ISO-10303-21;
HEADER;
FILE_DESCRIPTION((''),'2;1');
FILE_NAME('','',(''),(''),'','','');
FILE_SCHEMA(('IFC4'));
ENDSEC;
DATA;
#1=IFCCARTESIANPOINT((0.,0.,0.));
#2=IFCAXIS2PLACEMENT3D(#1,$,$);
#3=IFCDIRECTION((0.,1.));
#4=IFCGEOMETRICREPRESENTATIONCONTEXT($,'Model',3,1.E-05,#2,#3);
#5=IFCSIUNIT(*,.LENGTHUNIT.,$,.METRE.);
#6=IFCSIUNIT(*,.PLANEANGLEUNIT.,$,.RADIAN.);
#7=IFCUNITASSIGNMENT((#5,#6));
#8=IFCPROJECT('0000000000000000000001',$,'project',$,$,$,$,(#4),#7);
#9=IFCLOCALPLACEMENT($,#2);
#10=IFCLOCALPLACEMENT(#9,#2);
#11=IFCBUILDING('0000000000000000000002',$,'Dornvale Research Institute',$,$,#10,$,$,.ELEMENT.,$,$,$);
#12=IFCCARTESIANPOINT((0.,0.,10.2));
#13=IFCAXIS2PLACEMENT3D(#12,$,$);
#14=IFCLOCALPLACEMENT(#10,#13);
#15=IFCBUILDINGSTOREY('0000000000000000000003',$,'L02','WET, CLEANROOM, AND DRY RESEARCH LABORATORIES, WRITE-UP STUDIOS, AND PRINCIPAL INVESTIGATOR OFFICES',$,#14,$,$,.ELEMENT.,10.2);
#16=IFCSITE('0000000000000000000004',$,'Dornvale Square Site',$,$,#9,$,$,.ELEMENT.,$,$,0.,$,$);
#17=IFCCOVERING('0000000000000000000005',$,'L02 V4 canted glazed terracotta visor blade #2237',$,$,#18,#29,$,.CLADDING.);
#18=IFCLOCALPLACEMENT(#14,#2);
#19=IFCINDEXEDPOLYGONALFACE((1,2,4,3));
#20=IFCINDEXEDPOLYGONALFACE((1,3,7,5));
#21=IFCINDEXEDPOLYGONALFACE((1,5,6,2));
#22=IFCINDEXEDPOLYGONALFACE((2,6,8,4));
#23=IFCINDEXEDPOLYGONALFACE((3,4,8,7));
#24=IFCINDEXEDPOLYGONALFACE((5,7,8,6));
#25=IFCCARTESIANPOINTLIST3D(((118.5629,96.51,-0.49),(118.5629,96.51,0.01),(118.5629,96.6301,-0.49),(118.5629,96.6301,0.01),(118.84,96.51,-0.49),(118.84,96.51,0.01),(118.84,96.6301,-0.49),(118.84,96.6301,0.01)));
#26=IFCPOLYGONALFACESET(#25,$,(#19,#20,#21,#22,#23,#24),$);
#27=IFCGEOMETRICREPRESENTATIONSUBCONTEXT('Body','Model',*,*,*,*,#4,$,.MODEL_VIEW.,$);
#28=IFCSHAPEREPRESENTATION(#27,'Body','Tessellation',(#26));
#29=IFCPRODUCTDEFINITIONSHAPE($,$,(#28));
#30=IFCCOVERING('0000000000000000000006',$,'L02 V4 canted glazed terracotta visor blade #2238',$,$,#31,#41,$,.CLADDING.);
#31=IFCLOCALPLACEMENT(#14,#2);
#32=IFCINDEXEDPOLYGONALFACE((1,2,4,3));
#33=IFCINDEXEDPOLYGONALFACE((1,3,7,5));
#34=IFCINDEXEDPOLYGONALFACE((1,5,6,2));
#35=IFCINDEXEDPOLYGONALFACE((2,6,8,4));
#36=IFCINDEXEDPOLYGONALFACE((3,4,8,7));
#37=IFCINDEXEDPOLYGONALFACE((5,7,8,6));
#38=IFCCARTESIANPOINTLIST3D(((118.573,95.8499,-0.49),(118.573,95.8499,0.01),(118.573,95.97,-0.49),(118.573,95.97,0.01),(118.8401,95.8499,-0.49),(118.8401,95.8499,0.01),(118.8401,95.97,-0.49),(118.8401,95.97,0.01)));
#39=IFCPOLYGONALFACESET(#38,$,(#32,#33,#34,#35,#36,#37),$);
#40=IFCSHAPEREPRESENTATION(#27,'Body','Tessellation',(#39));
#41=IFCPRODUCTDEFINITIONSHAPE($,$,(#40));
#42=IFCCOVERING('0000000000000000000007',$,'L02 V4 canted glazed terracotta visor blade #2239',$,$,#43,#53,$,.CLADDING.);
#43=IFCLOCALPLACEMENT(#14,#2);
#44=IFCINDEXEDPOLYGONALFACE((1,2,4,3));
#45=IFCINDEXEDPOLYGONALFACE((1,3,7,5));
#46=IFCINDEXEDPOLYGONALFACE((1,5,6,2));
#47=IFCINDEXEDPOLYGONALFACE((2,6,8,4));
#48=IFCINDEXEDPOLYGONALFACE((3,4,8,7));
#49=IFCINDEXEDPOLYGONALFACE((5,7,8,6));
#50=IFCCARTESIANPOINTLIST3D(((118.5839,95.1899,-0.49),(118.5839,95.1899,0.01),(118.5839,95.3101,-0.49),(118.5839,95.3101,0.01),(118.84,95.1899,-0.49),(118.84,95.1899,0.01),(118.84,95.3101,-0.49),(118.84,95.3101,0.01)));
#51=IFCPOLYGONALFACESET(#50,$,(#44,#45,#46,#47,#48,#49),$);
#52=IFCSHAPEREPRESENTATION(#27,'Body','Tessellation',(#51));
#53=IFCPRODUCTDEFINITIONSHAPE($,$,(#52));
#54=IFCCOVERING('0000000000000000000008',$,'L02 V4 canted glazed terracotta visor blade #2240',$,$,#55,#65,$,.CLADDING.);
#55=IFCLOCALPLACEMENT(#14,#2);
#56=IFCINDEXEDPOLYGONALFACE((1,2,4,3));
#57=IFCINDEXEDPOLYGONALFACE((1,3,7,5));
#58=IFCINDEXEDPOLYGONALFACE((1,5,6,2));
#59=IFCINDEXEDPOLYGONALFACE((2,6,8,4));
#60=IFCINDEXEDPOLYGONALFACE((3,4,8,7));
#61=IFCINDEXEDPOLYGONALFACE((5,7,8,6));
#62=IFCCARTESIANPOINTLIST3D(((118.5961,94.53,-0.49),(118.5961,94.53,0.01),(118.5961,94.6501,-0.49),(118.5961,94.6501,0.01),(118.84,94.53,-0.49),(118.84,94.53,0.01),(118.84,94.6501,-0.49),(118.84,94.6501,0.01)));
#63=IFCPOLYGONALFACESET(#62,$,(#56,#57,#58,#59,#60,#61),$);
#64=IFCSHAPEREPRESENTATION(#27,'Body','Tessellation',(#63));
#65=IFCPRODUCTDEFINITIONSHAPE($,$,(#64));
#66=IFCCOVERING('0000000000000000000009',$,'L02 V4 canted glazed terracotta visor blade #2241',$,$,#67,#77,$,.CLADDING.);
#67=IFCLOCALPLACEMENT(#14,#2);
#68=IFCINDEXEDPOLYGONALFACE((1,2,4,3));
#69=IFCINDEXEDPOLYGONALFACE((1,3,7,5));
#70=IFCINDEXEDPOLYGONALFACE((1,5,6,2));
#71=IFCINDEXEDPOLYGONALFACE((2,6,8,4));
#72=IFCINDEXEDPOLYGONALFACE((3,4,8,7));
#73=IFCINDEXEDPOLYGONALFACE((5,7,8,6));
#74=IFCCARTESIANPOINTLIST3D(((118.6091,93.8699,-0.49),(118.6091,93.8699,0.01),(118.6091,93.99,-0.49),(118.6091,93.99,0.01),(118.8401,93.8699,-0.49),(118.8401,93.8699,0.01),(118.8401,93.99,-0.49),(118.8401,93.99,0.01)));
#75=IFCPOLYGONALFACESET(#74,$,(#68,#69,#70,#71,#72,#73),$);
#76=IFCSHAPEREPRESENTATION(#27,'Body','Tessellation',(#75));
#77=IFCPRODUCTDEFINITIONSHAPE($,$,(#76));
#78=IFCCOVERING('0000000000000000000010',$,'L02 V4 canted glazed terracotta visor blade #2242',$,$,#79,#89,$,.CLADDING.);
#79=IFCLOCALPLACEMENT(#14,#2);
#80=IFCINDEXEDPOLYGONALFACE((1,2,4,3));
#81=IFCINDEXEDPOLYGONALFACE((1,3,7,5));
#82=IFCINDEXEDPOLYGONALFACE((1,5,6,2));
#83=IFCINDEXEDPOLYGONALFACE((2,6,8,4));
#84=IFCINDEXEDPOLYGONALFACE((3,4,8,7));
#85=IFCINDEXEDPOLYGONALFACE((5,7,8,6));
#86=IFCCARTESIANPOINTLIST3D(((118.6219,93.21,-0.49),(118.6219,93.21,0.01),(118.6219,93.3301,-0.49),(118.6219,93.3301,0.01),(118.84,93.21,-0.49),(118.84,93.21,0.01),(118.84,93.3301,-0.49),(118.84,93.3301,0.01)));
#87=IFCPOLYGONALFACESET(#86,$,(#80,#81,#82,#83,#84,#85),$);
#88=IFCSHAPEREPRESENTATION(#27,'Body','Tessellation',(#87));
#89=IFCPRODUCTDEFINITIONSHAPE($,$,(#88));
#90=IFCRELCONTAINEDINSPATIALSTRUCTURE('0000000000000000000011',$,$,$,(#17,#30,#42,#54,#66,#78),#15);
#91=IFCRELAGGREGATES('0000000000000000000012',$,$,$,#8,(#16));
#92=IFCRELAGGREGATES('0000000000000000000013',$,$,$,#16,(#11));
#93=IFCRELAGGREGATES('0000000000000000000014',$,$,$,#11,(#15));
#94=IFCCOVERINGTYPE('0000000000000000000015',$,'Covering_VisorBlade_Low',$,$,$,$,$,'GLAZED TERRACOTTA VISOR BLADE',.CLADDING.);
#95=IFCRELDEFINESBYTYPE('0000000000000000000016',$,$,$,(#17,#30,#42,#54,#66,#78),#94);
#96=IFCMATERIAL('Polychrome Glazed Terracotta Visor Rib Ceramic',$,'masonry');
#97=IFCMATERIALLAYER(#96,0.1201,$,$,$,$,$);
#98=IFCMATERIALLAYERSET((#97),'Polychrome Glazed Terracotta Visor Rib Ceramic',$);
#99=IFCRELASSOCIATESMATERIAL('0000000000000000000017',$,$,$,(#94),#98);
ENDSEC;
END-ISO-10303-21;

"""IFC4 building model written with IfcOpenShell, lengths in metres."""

from ifc_helpers import new_model, si_unit, direction, frame, origin, origin_2d, place, context, subcontext, project, spatial, rectangle, extrude, material, layer, layer_set, type_object, element, save


model = new_model("IFC4")

# Units and contexts
model_context = context("Model", 3, precision=1e-05, world=origin(), true_north=direction((0.0, 1.0)))
body_context = subcontext(model_context, "Body", "Model", "MODEL_VIEW")
ifc_project = project(units=[si_unit("LENGTHUNIT", "METRE"), si_unit("PLANEANGLEUNIT", "RADIAN")], contexts=[model_context])

# Site, building, storey
site_placement = place(None, origin())
site = spatial("IfcSite", under=ifc_project, at=site_placement, Name="Dornvale Square Site", CompositionType="ELEMENT", RefElevation=0.0)
building_placement = place(site_placement, origin())
building = spatial("IfcBuilding", under=site, at=building_placement, Name="Dornvale Research Institute", CompositionType="ELEMENT")
storey_placement = place(building_placement, frame((0.0, 0.0, 10.2)))
storey = spatial("IfcBuildingStorey", under=building, at=storey_placement, Name="L02", Description="WET, CLEANROOM, AND DRY RESEARCH LABORATORIES, WRITE-UP STUDIOS, AND PRINCIPAL INVESTIGATOR OFFICES", CompositionType="ELEMENT", Elevation=10.2)

# Coverings
ifc_material_1 = material(Name="Polychrome Glazed Terracotta Visor Rib Ceramic", Category="masonry")
ifc_layer_1 = layer(ifc_material_1, 0.1201)
ifc_layer_set_1 = layer_set([ifc_layer_1], Name="Polychrome Glazed Terracotta Visor Rib Ceramic")
covering_type = type_object("IfcCoveringType", Name="Covering_VisorBlade_Low", ElementType="GLAZED TERRACOTTA VISOR BLADE", PredefinedType="CLADDING", material=ifc_layer_set_1)
covering_1_placement = place(storey_placement, frame((118.7014, 96.5701, -0.49), z_axis=(0.0, 0.0, 1.0), x_axis=(1.0, 0.0, 0.0)))
element("IfcCovering", 1, at=covering_1_placement, inside=storey, type_object=covering_type, Name="L02 V4 canted glazed terracotta visor blade #2237", PredefinedType="CLADDING", context=body_context, shape_type="SweptSolid", body=[
    extrude(rectangle(XDim=0.2771, YDim=0.1201, at=origin_2d()), origin(), (0.0, 0.0, 1.0), 0.5),
])
covering_2_placement = place(storey_placement, frame((118.7065, 95.9099, -0.49), z_axis=(0.0, 0.0, 1.0), x_axis=(1.0, 0.0, 0.0)))
element("IfcCovering", 2, at=covering_2_placement, inside=storey, type_object=covering_type, Name="L02 V4 canted glazed terracotta visor blade #2238", PredefinedType="CLADDING", context=body_context, shape_type="SweptSolid", body=[
    extrude(rectangle(XDim=0.2671, YDim=0.1201, at=origin_2d()), origin(), (0.0, 0.0, 1.0), 0.5),
])
covering_3_placement = place(storey_placement, frame((118.7119, 95.25, -0.49), z_axis=(0.0, 0.0, 1.0), x_axis=(1.0, 0.0, 0.0)))
element("IfcCovering", 3, at=covering_3_placement, inside=storey, type_object=covering_type, Name="L02 V4 canted glazed terracotta visor blade #2239", PredefinedType="CLADDING", context=body_context, shape_type="SweptSolid", body=[
    extrude(rectangle(XDim=0.2561, YDim=0.1201, at=origin_2d()), origin(), (0.0, 0.0, 1.0), 0.5),
])
covering_4_placement = place(storey_placement, frame((118.718, 94.5901, -0.49), z_axis=(0.0, 0.0, 1.0), x_axis=(1.0, 0.0, 0.0)))
element("IfcCovering", 4, at=covering_4_placement, inside=storey, type_object=covering_type, Name="L02 V4 canted glazed terracotta visor blade #2240", PredefinedType="CLADDING", context=body_context, shape_type="SweptSolid", body=[
    extrude(rectangle(XDim=0.2439, YDim=0.1201, at=origin_2d()), origin(), (0.0, 0.0, 1.0), 0.5),
])
covering_5_placement = place(storey_placement, frame((118.7246, 93.9299, -0.49), z_axis=(0.0, 0.0, 1.0), x_axis=(1.0, 0.0, 0.0)))
element("IfcCovering", 5, at=covering_5_placement, inside=storey, type_object=covering_type, Name="L02 V4 canted glazed terracotta visor blade #2241", PredefinedType="CLADDING", context=body_context, shape_type="SweptSolid", body=[
    extrude(rectangle(XDim=0.231, YDim=0.1201, at=origin_2d()), origin(), (0.0, 0.0, 1.0), 0.5),
])
covering_6_placement = place(storey_placement, frame((118.731, 93.27, -0.49), z_axis=(0.0, 0.0, 1.0), x_axis=(1.0, 0.0, 0.0)))
element("IfcCovering", 6, at=covering_6_placement, inside=storey, type_object=covering_type, Name="L02 V4 canted glazed terracotta visor blade #2242", PredefinedType="CLADDING", context=body_context, shape_type="SweptSolid", body=[
    extrude(rectangle(XDim=0.218, YDim=0.1201, at=origin_2d()), origin(), (0.0, 0.0, 1.0), 0.5),
])

save(model, "model.ifc")
